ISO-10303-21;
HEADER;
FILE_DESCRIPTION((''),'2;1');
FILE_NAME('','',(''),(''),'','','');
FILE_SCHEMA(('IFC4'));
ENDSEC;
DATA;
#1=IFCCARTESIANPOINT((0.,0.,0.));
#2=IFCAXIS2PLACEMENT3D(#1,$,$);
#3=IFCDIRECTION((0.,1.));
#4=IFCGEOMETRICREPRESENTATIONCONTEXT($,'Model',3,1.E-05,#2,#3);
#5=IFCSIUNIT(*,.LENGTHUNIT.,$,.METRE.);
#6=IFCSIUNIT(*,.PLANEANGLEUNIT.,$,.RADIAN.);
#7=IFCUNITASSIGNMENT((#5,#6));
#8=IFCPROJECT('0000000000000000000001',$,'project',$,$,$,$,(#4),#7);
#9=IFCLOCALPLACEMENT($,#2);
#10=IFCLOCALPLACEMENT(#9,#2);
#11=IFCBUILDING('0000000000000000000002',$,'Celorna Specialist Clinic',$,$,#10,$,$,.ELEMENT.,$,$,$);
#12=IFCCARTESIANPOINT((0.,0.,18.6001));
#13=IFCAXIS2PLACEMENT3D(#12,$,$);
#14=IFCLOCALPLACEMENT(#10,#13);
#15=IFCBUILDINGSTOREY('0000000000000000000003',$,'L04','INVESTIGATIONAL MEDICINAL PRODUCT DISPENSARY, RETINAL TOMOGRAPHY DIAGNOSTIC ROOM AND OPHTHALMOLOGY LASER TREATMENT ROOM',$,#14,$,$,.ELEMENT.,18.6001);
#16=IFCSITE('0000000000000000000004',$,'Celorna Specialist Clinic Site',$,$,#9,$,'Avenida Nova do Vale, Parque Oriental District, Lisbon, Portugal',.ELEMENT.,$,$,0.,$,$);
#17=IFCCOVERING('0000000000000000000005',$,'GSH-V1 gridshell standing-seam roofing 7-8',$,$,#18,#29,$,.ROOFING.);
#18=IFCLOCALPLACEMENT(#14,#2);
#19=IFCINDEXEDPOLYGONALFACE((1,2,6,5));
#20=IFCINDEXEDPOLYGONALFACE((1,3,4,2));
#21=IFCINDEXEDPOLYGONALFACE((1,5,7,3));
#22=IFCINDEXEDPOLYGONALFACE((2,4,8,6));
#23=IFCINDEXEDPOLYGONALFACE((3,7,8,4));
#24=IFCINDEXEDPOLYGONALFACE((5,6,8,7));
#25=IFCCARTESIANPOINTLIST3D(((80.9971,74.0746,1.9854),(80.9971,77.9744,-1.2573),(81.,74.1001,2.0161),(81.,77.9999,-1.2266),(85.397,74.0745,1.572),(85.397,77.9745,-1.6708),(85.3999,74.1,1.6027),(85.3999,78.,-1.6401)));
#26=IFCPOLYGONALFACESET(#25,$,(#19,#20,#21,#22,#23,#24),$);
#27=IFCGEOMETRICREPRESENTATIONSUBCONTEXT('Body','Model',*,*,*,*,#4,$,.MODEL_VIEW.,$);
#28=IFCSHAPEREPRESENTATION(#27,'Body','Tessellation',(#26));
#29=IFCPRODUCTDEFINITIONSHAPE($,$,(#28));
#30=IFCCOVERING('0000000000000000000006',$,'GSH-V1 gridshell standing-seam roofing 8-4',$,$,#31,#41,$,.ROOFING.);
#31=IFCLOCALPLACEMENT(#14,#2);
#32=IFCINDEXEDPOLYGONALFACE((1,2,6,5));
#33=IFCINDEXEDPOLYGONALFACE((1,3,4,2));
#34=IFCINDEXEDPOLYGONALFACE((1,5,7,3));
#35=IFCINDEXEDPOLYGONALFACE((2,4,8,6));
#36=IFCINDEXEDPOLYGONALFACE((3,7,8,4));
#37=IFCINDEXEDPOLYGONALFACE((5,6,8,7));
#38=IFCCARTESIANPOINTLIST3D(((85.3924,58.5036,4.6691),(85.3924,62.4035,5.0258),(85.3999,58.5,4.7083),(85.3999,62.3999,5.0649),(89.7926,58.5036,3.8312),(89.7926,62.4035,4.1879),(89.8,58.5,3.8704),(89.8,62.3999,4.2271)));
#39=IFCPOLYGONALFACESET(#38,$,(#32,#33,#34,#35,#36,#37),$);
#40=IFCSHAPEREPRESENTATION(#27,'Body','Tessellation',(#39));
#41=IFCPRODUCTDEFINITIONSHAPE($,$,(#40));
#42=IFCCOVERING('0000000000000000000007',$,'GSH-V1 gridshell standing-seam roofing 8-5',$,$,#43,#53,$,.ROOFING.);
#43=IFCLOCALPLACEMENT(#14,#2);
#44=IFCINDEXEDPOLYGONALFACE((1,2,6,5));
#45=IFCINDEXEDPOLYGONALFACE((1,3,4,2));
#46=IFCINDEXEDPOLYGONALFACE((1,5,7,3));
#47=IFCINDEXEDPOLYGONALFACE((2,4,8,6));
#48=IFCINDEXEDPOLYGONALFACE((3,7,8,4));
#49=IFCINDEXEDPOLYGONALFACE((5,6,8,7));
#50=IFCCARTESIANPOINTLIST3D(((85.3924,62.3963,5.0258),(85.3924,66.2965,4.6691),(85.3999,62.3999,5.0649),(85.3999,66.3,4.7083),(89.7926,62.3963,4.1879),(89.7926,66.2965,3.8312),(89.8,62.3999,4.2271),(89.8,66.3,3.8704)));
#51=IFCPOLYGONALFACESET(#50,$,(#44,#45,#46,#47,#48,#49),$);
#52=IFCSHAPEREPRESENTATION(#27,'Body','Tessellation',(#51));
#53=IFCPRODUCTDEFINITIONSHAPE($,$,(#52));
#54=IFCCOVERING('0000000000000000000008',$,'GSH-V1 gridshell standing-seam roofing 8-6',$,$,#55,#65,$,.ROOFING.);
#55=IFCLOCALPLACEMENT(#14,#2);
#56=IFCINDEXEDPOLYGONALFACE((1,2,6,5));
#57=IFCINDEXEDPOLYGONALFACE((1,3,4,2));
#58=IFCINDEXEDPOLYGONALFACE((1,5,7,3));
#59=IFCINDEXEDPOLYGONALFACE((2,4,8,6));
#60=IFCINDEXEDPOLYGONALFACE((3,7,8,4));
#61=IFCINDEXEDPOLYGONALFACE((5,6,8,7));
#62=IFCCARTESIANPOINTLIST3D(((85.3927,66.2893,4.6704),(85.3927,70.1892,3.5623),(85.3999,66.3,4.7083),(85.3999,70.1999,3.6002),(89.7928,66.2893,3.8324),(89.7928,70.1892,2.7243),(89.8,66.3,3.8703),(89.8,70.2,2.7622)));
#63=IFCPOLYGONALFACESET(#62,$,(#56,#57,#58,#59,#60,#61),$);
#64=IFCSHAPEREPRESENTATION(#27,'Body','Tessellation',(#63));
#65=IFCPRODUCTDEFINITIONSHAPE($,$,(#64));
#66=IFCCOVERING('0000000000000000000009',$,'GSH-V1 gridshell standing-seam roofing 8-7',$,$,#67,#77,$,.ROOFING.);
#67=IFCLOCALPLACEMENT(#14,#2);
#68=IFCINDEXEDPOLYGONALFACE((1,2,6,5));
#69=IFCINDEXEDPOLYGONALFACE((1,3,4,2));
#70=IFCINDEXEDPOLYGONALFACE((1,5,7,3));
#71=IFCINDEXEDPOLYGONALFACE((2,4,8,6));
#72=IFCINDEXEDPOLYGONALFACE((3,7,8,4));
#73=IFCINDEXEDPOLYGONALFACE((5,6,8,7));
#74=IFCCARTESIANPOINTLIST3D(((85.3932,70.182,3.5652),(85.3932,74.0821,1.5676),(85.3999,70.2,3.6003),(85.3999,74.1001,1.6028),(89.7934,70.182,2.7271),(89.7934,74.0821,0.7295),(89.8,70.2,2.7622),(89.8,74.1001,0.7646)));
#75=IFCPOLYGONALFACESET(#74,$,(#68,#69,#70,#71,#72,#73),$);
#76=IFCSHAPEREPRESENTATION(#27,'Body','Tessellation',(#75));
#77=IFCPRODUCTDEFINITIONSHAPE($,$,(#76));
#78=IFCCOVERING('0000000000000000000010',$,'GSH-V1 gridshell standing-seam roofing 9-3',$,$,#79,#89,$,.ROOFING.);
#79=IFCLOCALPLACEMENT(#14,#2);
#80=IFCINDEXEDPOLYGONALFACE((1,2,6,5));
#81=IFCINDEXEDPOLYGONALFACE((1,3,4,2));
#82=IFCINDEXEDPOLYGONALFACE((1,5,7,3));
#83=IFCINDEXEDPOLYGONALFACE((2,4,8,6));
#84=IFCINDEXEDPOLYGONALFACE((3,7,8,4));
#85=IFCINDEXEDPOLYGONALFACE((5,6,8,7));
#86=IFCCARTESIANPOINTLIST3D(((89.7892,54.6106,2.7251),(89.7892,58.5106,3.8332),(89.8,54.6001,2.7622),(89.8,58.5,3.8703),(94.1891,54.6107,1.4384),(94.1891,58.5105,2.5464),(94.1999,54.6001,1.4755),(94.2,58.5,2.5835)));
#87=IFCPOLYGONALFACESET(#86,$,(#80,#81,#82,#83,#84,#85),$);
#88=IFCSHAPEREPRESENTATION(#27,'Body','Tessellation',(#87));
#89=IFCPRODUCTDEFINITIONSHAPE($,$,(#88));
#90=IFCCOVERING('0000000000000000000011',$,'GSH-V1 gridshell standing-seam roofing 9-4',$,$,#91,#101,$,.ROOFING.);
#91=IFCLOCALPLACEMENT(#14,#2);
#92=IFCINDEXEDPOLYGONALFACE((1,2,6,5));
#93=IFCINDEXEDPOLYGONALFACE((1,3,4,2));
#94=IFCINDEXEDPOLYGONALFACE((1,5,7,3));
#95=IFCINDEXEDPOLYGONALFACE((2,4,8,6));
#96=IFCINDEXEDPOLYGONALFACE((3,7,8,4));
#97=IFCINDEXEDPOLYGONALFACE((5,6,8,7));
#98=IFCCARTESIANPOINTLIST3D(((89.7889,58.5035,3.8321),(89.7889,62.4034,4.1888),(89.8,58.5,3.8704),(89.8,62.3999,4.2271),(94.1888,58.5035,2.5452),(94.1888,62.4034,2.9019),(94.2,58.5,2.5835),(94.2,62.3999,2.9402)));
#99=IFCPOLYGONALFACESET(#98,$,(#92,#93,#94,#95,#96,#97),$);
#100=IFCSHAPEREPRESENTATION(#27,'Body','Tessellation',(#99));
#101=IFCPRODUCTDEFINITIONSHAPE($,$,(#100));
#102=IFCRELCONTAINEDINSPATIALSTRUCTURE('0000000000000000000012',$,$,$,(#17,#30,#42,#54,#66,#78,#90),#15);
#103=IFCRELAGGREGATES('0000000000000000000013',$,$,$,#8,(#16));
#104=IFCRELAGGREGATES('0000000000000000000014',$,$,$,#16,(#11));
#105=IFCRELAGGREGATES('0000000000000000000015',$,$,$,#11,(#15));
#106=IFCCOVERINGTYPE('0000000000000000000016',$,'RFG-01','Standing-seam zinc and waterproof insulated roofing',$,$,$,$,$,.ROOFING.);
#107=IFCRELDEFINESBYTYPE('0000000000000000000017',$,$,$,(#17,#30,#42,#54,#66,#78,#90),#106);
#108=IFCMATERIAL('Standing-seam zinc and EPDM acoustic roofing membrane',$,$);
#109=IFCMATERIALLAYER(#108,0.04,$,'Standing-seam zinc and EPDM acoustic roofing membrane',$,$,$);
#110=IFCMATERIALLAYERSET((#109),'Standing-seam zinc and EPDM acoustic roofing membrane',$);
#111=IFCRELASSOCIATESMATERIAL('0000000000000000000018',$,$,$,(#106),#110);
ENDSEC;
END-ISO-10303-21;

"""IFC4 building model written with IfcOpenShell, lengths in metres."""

from ifc_helpers import new_model, si_unit, direction, frame, origin, place, context, subcontext, project, spatial, polyline, outline, extrude, material, layer, layer_set, type_object, element, save


model = new_model("IFC4")

# Units and contexts
model_context = context("Model", 3, precision=1e-05, world=origin(), true_north=direction((0.0, 1.0)))
body_context = subcontext(model_context, "Body", "Model", "MODEL_VIEW")
ifc_project = project(units=[si_unit("LENGTHUNIT", "METRE"), si_unit("PLANEANGLEUNIT", "RADIAN")], contexts=[model_context])

# Site, building, storey
site_placement = place(None, origin())
site = spatial("IfcSite", under=ifc_project, at=site_placement, Name="Celorna Specialist Clinic Site", LongName="Avenida Nova do Vale, Parque Oriental District, Lisbon, Portugal", CompositionType="ELEMENT", RefElevation=0.0)
building_placement = place(site_placement, origin())
building = spatial("IfcBuilding", under=site, at=building_placement, Name="Celorna Specialist Clinic", CompositionType="ELEMENT")
storey_placement = place(building_placement, frame((0.0, 0.0, 18.6001)))
storey = spatial("IfcBuildingStorey", under=building, at=storey_placement, Name="L04", Description="INVESTIGATIONAL MEDICINAL PRODUCT DISPENSARY, RETINAL TOMOGRAPHY DIAGNOSTIC ROOM AND OPHTHALMOLOGY LASER TREATMENT ROOM", CompositionType="ELEMENT", Elevation=18.6001)

# Coverings
ifc_material_1 = material(Name="Standing-seam zinc and EPDM acoustic roofing membrane")
ifc_layer_1 = layer(ifc_material_1, 0.04, Name="Standing-seam zinc and EPDM acoustic roofing membrane")
ifc_layer_set_1 = layer_set([ifc_layer_1], Name="Standing-seam zinc and EPDM acoustic roofing membrane")
covering_type = type_object("IfcCoveringType", Name="RFG-01", Description="Standing-seam zinc and waterproof insulated roofing", PredefinedType="ROOFING", material=ifc_layer_set_1)
covering_1_placement = place(storey_placement, frame((81.0, 74.1001, 2.0161), z_axis=(0.072066, 0.637693, 0.766912), x_axis=(0.995615, -0.000014, -0.093545)))
element("IfcCovering", 1, at=covering_1_placement, inside=storey, type_object=covering_type, Name="GSH-V1 gridshell standing-seam roofing 7-8", PredefinedType="ROOFING", context=body_context, shape_type="SweptSolid", body=[
    extrude(outline(polyline([(0.0, 0.0), (4.4193, 0.0), (4.7226, 5.063), (0.3033, 5.0628), (0.0, 0.0)])), origin(), (0.0, 0.0, -1.0), 0.04),
])
covering_2_placement = place(storey_placement, frame((85.3999, 58.5, 4.7083), z_axis=(0.186312, -0.089486, 0.978407), x_axis=(0.982348, 0.0, -0.187062)))
element("IfcCovering", 2, at=covering_2_placement, inside=storey, type_object=covering_type, Name="GSH-V1 gridshell standing-seam roofing 8-4", PredefinedType="ROOFING", context=body_context, shape_type="SweptSolid", body=[
    extrude(outline(polyline([(0.0, 0.0), (4.4792, 0.0), (4.4125, 3.9156), (-0.0667, 3.9156), (0.0, 0.0)])), origin(), (0.0, 0.0, -1.0), 0.04),
])
covering_3_placement = place(storey_placement, frame((85.3999, 62.3999, 5.0649), z_axis=(0.186312, 0.089481, 0.978407), x_axis=(0.982348, 0.0, -0.187062)))
element("IfcCovering", 3, at=covering_3_placement, inside=storey, type_object=covering_type, Name="GSH-V1 gridshell standing-seam roofing 8-5", PredefinedType="ROOFING", context=body_context, shape_type="SweptSolid", body=[
    extrude(outline(polyline([(0.0, 0.0), (4.4792, 0.0), (4.5459, 3.9159), (0.0667, 3.9159), (0.0, 0.0)])), origin(), (0.0, 0.0, -1.0), 0.04),
])
covering_4_placement = place(storey_placement, frame((85.3999, 66.3, 4.7083), z_axis=(0.180201, 0.268827, 0.946182), x_axis=(0.982343, -0.000007, -0.187086)))
element("IfcCovering", 4, at=covering_4_placement, inside=storey, type_object=covering_type, Name="GSH-V1 gridshell standing-seam roofing 8-6", PredefinedType="ROOFING", context=body_context, shape_type="SweptSolid", body=[
    extrude(outline(polyline([(0.0, 0.0), (4.4792, 0.0), (4.6865, 4.049), (0.2072, 4.0489), (0.0, 0.0)])), origin(), (0.0, 0.0, -1.0), 0.04),
])
covering_5_placement = place(storey_placement, frame((85.3999, 70.2, 3.6003), z_axis=(0.167151, 0.449449, 0.877529), x_axis=(0.982338, 0.0, -0.187115)))
element("IfcCovering", 5, at=covering_5_placement, inside=storey, type_object=covering_type, Name="GSH-V1 gridshell standing-seam roofing 8-7", PredefinedType="ROOFING", context=body_context, shape_type="SweptSolid", body=[
    extrude(outline(polyline([(0.0, 0.0), (4.4793, 0.0), (4.853, 4.366), (0.3738, 4.366), (0.0, 0.0)])), origin(), (0.0, 0.0, -1.0), 0.04),
])
covering_6_placement = place(storey_placement, frame((89.8, 54.6001, 2.7622), z_axis=(0.270803, -0.263089, 0.925986), x_axis=(0.959799, 0.000006, -0.280689)))
element("IfcCovering", 6, at=covering_6_placement, inside=storey, type_object=covering_type, Name="GSH-V1 gridshell standing-seam roofing 9-3", PredefinedType="ROOFING", context=body_context, shape_type="SweptSolid", body=[
    extrude(outline(polyline([(0.0, 0.0), (4.5842, 0.0), (4.2732, 4.0423), (-0.311, 4.0423), (0.0, 0.0)])), origin(), (0.0, 0.0, -1.0), 0.04),
])
covering_7_placement = place(storey_placement, frame((89.8, 58.5, 3.8704), z_axis=(0.27964, -0.087447, 0.956114), x_axis=(0.959791, 0.0, -0.280716)))
element("IfcCovering", 7, at=covering_7_placement, inside=storey, type_object=covering_type, Name="GSH-V1 gridshell standing-seam roofing 9-4", PredefinedType="ROOFING", context=body_context, shape_type="SweptSolid", body=[
    extrude(outline(polyline([(0.0, 0.0), (4.5842, 0.0), (4.4841, 3.9149), (-0.1001, 3.9149), (0.0, 0.0)])), origin(), (0.0, 0.0, -1.0), 0.04),
])

save(model, "model.ifc")
